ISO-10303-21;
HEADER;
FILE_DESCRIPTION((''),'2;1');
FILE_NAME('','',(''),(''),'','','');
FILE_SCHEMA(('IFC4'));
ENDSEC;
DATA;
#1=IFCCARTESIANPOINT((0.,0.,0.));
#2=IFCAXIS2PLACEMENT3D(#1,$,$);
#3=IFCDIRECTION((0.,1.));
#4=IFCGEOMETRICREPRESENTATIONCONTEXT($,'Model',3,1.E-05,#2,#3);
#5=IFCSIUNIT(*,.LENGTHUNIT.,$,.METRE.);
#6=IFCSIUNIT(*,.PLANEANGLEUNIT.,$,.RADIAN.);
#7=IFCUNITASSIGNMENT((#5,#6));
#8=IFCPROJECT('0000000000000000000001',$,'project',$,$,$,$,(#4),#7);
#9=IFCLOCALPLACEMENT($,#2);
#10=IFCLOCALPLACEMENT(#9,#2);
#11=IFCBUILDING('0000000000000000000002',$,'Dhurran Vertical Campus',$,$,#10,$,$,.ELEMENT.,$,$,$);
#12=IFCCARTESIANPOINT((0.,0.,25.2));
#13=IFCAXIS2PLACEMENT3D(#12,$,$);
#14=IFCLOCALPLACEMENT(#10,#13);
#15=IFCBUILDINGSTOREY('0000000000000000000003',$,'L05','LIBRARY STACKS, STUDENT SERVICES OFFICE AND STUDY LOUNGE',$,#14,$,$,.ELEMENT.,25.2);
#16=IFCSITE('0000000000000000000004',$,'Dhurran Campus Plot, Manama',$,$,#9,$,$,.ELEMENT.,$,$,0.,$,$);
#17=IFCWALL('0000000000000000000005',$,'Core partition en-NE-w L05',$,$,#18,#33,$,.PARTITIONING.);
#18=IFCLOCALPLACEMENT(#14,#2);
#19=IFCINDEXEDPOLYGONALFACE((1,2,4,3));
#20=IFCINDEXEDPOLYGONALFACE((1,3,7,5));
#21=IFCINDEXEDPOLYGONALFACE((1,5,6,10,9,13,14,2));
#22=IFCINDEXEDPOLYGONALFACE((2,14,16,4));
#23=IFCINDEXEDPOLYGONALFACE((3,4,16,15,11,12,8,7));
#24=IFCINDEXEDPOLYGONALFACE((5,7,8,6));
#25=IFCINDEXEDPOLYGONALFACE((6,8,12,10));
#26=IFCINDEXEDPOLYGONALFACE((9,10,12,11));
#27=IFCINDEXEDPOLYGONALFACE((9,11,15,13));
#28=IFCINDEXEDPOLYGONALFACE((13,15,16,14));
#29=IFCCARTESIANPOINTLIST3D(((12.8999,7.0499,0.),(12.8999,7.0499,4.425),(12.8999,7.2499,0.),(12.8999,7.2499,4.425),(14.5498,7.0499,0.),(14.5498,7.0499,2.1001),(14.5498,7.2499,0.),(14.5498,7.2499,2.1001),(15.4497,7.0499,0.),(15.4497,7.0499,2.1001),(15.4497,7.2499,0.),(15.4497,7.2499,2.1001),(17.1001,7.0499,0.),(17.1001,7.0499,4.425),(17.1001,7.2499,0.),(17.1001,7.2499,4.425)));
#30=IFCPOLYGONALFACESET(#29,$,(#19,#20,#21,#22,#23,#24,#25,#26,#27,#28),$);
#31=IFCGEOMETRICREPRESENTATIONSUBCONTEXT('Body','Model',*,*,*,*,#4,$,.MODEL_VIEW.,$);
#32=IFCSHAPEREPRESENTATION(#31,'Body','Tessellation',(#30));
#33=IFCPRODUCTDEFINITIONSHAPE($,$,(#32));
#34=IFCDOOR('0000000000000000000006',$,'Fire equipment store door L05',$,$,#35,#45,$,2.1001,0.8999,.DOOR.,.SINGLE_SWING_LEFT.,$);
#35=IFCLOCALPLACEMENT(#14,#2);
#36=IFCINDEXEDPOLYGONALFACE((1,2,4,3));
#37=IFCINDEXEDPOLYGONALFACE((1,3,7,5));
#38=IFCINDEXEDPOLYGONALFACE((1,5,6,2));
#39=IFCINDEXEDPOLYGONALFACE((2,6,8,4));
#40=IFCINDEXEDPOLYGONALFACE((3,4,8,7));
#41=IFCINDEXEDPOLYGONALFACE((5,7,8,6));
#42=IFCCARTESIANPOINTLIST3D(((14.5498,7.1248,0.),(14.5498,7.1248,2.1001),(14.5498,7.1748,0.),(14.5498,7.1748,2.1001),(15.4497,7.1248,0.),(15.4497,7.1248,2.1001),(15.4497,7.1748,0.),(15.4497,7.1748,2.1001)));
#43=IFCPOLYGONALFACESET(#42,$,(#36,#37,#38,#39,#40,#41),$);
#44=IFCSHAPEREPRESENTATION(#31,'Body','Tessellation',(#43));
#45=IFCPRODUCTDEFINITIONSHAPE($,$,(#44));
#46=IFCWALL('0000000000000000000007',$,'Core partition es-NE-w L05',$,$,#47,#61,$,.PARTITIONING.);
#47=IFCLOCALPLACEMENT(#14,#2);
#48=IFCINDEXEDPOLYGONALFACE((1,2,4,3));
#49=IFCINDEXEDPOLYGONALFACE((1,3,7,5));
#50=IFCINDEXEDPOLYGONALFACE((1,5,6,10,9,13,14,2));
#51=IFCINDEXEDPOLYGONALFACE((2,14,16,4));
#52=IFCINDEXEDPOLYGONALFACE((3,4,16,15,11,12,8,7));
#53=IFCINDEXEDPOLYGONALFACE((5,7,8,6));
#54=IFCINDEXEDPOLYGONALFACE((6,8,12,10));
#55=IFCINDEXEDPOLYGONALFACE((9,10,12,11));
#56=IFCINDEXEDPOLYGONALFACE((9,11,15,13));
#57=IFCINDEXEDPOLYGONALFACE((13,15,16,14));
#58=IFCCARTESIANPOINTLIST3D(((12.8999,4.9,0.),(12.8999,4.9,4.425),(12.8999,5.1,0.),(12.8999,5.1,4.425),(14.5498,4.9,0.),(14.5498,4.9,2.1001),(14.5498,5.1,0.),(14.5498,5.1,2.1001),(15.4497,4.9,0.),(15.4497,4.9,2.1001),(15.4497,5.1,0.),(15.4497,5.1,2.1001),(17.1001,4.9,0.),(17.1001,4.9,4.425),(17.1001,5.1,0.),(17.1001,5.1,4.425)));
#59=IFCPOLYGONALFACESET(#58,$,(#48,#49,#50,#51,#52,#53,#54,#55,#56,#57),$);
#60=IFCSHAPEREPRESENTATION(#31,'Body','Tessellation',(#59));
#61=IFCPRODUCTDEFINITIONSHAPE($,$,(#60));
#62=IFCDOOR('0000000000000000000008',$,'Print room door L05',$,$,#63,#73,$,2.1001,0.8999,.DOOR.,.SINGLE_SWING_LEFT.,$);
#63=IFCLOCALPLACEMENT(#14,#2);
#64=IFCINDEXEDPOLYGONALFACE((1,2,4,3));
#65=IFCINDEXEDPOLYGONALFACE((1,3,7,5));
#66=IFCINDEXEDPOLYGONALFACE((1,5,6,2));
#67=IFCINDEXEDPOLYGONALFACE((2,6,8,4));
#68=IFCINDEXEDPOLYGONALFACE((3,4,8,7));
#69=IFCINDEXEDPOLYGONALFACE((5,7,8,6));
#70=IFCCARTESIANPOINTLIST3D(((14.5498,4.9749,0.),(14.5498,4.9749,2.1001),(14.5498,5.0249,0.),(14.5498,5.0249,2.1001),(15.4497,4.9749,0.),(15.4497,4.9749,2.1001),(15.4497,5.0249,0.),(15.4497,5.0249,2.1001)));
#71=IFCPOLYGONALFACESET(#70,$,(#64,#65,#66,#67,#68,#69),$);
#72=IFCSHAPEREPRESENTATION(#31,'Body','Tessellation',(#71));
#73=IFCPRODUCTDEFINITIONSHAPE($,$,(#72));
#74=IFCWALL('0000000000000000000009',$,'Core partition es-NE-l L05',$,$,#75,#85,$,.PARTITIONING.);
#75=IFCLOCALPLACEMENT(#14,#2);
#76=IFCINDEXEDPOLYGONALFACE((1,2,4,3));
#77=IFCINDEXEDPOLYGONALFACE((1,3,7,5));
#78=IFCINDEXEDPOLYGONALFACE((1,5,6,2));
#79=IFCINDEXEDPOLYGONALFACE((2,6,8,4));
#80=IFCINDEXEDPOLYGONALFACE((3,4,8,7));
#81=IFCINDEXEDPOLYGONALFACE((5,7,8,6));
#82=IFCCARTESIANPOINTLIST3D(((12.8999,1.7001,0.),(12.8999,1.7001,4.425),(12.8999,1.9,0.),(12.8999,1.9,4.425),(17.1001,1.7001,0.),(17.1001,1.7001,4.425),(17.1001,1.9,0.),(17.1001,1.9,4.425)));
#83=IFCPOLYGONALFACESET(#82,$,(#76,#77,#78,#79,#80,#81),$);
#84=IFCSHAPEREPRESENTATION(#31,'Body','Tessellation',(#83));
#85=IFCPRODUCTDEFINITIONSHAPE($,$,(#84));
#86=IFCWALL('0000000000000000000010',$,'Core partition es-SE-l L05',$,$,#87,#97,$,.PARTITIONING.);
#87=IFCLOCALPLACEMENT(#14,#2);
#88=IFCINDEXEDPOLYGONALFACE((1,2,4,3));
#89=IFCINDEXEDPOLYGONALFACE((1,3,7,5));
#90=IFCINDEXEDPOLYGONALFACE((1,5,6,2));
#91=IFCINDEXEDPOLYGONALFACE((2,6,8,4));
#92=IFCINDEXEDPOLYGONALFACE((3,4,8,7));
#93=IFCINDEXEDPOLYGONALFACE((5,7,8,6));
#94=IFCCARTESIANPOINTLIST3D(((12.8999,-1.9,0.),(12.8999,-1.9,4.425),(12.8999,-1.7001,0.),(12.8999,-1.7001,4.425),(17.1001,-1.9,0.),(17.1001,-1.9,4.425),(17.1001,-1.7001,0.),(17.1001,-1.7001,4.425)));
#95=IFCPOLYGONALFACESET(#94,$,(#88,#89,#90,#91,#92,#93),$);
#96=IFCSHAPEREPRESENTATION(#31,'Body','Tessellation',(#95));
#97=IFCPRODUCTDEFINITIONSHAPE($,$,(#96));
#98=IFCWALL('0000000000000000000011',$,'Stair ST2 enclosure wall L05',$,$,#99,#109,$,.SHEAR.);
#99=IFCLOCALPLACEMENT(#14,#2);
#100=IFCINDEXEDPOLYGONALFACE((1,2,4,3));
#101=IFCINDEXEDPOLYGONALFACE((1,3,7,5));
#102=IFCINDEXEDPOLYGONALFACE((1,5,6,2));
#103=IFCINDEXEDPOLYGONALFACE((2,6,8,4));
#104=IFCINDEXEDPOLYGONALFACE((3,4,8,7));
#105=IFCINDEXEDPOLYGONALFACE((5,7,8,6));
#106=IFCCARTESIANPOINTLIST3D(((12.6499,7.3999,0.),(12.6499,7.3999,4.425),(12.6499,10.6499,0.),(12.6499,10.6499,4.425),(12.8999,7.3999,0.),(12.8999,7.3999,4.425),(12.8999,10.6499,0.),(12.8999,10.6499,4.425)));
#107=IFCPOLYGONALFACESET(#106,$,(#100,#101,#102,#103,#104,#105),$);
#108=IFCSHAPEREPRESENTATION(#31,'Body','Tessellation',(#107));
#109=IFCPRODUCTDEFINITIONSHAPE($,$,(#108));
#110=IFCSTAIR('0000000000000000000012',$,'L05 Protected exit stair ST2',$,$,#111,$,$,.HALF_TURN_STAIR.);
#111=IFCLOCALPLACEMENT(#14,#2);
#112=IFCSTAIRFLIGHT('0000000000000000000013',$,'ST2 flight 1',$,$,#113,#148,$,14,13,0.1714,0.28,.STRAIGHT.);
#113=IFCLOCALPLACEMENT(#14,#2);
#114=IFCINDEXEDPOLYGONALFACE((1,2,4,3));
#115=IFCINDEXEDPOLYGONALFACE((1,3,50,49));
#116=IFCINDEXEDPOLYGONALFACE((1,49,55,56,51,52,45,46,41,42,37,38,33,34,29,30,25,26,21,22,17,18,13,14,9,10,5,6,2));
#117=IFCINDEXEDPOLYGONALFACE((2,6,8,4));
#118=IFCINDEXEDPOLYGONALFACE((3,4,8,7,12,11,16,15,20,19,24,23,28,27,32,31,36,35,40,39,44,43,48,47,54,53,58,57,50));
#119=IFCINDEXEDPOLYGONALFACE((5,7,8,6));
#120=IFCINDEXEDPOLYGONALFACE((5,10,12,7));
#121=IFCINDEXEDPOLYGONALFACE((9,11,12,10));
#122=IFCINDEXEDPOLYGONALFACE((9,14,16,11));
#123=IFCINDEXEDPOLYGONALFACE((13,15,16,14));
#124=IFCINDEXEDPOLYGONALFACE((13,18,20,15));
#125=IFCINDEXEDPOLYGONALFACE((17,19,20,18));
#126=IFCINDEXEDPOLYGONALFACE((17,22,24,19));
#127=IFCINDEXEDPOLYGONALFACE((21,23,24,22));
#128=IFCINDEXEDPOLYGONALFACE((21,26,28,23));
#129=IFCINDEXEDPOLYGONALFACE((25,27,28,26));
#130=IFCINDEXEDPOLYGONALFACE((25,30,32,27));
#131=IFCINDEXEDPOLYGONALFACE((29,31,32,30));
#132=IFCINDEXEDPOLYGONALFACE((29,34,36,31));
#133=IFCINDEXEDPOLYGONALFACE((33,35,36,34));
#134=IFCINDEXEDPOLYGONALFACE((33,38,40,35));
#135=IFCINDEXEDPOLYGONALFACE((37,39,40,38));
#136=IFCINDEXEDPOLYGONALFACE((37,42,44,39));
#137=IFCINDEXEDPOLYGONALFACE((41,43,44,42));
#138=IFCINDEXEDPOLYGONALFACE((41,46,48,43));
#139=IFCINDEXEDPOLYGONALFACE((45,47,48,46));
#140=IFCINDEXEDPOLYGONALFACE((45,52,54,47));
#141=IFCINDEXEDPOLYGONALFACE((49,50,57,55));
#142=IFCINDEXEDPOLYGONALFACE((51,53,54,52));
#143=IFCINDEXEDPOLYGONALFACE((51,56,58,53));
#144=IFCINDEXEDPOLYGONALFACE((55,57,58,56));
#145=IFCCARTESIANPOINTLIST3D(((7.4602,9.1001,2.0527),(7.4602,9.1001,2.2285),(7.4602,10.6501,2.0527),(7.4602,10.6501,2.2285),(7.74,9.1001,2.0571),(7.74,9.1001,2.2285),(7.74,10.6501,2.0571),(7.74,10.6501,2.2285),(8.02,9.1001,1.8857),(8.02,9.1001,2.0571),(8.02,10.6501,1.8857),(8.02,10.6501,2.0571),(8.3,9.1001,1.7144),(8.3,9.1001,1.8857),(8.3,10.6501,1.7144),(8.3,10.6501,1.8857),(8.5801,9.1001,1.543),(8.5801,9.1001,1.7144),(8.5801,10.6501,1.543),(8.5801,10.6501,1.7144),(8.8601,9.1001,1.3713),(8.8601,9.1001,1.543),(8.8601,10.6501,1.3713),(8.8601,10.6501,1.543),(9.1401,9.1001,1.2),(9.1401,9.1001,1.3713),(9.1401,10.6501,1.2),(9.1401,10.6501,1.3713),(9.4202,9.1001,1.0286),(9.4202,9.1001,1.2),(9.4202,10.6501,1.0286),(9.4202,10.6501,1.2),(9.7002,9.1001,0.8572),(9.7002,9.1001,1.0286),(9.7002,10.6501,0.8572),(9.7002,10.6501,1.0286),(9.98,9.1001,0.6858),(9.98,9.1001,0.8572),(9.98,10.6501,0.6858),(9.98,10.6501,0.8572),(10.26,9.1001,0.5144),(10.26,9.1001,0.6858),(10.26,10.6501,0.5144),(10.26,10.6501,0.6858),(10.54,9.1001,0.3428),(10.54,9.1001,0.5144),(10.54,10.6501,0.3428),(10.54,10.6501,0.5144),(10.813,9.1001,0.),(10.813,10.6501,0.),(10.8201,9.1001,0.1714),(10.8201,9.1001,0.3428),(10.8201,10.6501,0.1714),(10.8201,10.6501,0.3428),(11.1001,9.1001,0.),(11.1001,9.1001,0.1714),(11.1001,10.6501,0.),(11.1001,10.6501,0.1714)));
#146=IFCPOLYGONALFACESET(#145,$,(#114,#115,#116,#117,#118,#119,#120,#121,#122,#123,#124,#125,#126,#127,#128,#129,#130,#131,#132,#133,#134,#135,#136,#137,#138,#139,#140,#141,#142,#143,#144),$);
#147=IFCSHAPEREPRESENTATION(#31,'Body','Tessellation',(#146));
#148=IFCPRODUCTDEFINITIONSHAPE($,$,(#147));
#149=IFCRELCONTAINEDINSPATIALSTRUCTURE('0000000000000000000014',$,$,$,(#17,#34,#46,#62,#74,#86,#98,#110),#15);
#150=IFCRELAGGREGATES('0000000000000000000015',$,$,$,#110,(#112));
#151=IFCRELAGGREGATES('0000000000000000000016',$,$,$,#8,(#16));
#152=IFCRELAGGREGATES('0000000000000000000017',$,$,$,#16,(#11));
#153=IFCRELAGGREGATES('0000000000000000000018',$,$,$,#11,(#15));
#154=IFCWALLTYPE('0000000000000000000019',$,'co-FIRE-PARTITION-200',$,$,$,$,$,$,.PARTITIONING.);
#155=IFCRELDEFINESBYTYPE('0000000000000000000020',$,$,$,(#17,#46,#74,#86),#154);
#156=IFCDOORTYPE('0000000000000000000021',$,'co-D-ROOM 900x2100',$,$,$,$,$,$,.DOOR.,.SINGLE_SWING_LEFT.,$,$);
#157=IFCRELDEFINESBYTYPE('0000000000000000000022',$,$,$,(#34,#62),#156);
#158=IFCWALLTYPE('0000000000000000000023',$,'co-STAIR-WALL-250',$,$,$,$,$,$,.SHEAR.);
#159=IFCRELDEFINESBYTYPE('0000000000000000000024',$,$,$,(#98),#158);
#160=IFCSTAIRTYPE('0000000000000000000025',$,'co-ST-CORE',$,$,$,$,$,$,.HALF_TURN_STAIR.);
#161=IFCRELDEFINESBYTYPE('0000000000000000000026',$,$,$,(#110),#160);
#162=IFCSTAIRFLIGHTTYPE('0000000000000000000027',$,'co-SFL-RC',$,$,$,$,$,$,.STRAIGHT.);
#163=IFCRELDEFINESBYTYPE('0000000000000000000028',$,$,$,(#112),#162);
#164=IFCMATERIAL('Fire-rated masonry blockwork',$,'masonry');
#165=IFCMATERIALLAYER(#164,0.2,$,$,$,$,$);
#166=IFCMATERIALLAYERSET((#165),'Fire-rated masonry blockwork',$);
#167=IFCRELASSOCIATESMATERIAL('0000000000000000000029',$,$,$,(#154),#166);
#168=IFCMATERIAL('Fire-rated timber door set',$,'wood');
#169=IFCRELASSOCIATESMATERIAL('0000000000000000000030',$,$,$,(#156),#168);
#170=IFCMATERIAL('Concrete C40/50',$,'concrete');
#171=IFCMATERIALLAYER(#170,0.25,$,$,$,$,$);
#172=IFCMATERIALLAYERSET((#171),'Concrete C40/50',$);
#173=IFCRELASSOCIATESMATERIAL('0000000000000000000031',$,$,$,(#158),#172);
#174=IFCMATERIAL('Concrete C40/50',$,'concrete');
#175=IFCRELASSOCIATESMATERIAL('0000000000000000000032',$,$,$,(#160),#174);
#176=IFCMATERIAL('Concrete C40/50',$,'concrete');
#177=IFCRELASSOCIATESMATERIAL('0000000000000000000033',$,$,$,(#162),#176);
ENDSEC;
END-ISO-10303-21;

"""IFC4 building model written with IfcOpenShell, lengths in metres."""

from ifc_helpers import new_model, si_unit, direction, frame, frame_2d, origin, place, context, subcontext, project, spatial, polyline, rectangle, outline, extrude, material, layer, layer_set, type_object, element, fill, aggregate, save


model = new_model("IFC4")

# Units and contexts
model_context = context("Model", 3, precision=1e-05, world=origin(), true_north=direction((0.0, 1.0)))
body_context = subcontext(model_context, "Body", "Model", "MODEL_VIEW")
ifc_project = project(units=[si_unit("LENGTHUNIT", "METRE"), si_unit("PLANEANGLEUNIT", "RADIAN")], contexts=[model_context])

# Site, building, storey
site_placement = place(None, origin())
site = spatial("IfcSite", under=ifc_project, at=site_placement, Name="Dhurran Campus Plot, Manama", CompositionType="ELEMENT", RefElevation=0.0)
building_placement = place(site_placement, origin())
building = spatial("IfcBuilding", under=site, at=building_placement, Name="Dhurran Vertical Campus", CompositionType="ELEMENT")
storey_placement = place(building_placement, frame((0.0, 0.0, 25.2)))
storey = spatial("IfcBuildingStorey", under=building, at=storey_placement, Name="L05", Description="LIBRARY STACKS, STUDENT SERVICES OFFICE AND STUDY LOUNGE", CompositionType="ELEMENT", Elevation=25.2)

# Walls, openings, doors
ifc_material_1 = material(Name="Fire-rated masonry blockwork", Category="masonry")
ifc_layer_1 = layer(ifc_material_1, 0.2)
ifc_layer_set_1 = layer_set([ifc_layer_1], Name="Fire-rated masonry blockwork")
wall_type_1 = type_object("IfcWallType", Name="co-FIRE-PARTITION-200", PredefinedType="PARTITIONING", material=ifc_layer_set_1)
wall_1_placement = place(storey_placement, frame((12.8999, 7.1499, 0.0), z_axis=(0.0, 0.0, 1.0), x_axis=(1.0, 0.0, 0.0)))
wall_1 = element("IfcWall", 1, at=wall_1_placement, inside=storey, type_object=wall_type_1, Name="Core partition en-NE-w L05", PredefinedType="PARTITIONING", context=body_context, shape_type="SweptSolid", body=[
    extrude(rectangle(XDim=4.2002, YDim=0.2, at=frame_2d((2.1001, 0.0))), origin(), (0.0, 0.0, 1.0), 4.425),
])
opening_1_placement = place(wall_1_placement, frame((1.6499, 0.0, 0.0)))
opening_1 = element("IfcOpeningElement", 2, at=opening_1_placement, cuts=wall_1, PredefinedType="OPENING", context=body_context, shape_type="SweptSolid", body=[
    extrude(rectangle(XDim=0.8999, YDim=2.1001, at=frame_2d((0.45, 1.05))), frame((0.0, 0.1099, 0.0), z_axis=(0.0, -1.0, 0.0), x_axis=(1.0, 0.0, 0.0)), (0.0, 0.0, 1.0), 0.22),
])
ifc_material_2 = material(Name="Fire-rated timber door set", Category="wood")
door_type = type_object("IfcDoorType", Name="co-D-ROOM 900x2100", OperationType="SINGLE_SWING_LEFT", PredefinedType="DOOR", material=ifc_material_2)
door_1_placement = place(opening_1_placement, origin())
door_1 = element("IfcDoor", 3, at=door_1_placement, inside=storey, type_object=door_type, Name="Fire equipment store door L05", OperationType="SINGLE_SWING_LEFT", OverallHeight=2.1001, OverallWidth=0.8999, PredefinedType="DOOR", context=body_context, shape_type="SweptSolid", body=[
    extrude(rectangle(XDim=0.8999, YDim=2.1001, at=frame_2d((0.45, 1.05))), frame((0.0, 0.0249, 0.0), z_axis=(0.0, -1.0, 0.0), x_axis=(1.0, 0.0, 0.0)), (0.0, 0.0, 1.0), 0.05),
])
fill(opening_1, door_1)
wall_2_placement = place(storey_placement, frame((12.8999, 5.0, 0.0), z_axis=(0.0, 0.0, 1.0), x_axis=(1.0, 0.0, 0.0)))
wall_2 = element("IfcWall", 4, at=wall_2_placement, inside=storey, type_object=wall_type_1, Name="Core partition es-NE-w L05", PredefinedType="PARTITIONING", context=body_context, shape_type="SweptSolid", body=[
    extrude(rectangle(XDim=4.2002, YDim=0.2, at=frame_2d((2.1001, 0.0))), origin(), (0.0, 0.0, 1.0), 4.425),
])
opening_2_placement = place(wall_2_placement, frame((1.6499, 0.0, 0.0)))
opening_2 = element("IfcOpeningElement", 5, at=opening_2_placement, cuts=wall_2, PredefinedType="OPENING", context=body_context, shape_type="SweptSolid", body=[
    extrude(rectangle(XDim=0.8999, YDim=2.1001, at=frame_2d((0.45, 1.05))), frame((0.0, 0.1099, 0.0), z_axis=(0.0, -1.0, 0.0), x_axis=(1.0, 0.0, 0.0)), (0.0, 0.0, 1.0), 0.22),
])
door_2_placement = place(opening_2_placement, origin())
door_2 = element("IfcDoor", 6, at=door_2_placement, inside=storey, type_object=door_type, Name="Print room door L05", OperationType="SINGLE_SWING_LEFT", OverallHeight=2.1001, OverallWidth=0.8999, PredefinedType="DOOR", context=body_context, shape_type="SweptSolid", body=[
    extrude(rectangle(XDim=0.8999, YDim=2.1001, at=frame_2d((0.45, 1.05))), frame((0.0, 0.0249, 0.0), z_axis=(0.0, -1.0, 0.0), x_axis=(1.0, 0.0, 0.0)), (0.0, 0.0, 1.0), 0.05),
])
fill(opening_2, door_2)

# Walls
for number, where, z_axis, x_axis, name in (
    (7, (12.8999, 1.8, 0.0), (0.0, 0.0, 1.0), (1.0, 0.0, 0.0), "Core partition es-NE-l L05"),
    (8, (12.8999, -1.8, 0.0), (0.0, 0.0, 1.0), (1.0, 0.0, 0.0), "Core partition es-SE-l L05"),
):
    element("IfcWall", number, at=place(storey_placement, frame(where, z_axis=z_axis, x_axis=x_axis)), inside=storey, type_object=wall_type_1, Name=name, PredefinedType="PARTITIONING", context=body_context, shape_type="SweptSolid", body=[
        extrude(rectangle(XDim=4.2002, YDim=0.2, at=frame_2d((2.1001, 0.0))), origin(), (0.0, 0.0, 1.0), 4.425),
    ])
ifc_material_3 = material(Name="Concrete C40/50", Category="concrete")
ifc_layer_2 = layer(ifc_material_3, 0.25)
ifc_layer_set_2 = layer_set([ifc_layer_2], Name="Concrete C40/50")
wall_type_2 = type_object("IfcWallType", Name="co-STAIR-WALL-250", PredefinedType="SHEAR", material=ifc_layer_set_2)
wall_3_placement = place(storey_placement, frame((12.7749, 7.3999, 0.0), z_axis=(0.0, 0.0, 1.0), x_axis=(0.0, 1.0, 0.0)))
element("IfcWall", 9, at=wall_3_placement, inside=storey, type_object=wall_type_2, Name="Stair ST2 enclosure wall L05", PredefinedType="SHEAR", context=body_context, shape_type="SweptSolid", body=[
    extrude(rectangle(XDim=3.25, YDim=0.25, at=frame_2d((1.625, 0.0))), origin(), (0.0, 0.0, 1.0), 4.425),
])

# Stair, stair flight
ifc_material_4 = material(Name="Concrete C40/50", Category="concrete")
stair_type = type_object("IfcStairType", Name="co-ST-CORE", PredefinedType="HALF_TURN_STAIR", material=ifc_material_4)
stair_placement = place(storey_placement, origin())
stair = element("IfcStair", 10, at=stair_placement, inside=storey, type_object=stair_type, Name="L05 Protected exit stair ST2", PredefinedType="HALF_TURN_STAIR")
ifc_material_5 = material(Name="Concrete C40/50", Category="concrete")
stair_flight_type = type_object("IfcStairFlightType", Name="co-SFL-RC", PredefinedType="STRAIGHT", material=ifc_material_5)
stair_flight_1_placement = place(storey_placement, frame((11.1001, 9.875, 0.0), z_axis=(0.0, 0.0, 1.0), x_axis=(-1.0, 0.0, 0.0)))
stair_flight_1 = element("IfcStairFlight", 11, at=stair_flight_1_placement, type_object=stair_flight_type, Name="ST2 flight 1", NumberOfRisers=14, NumberOfTreads=13, PredefinedType="STRAIGHT", RiserHeight=0.1714, TreadLength=0.28, context=body_context, shape_type="SweptSolid", body=[
    extrude(outline(polyline([(0.0, 0.0), (0.0, 0.1714), (0.28, 0.1714), (0.28, 0.3428), (0.5601, 0.3428), (0.5601, 0.5144), (0.8401, 0.5144), (0.8401, 0.6858), (1.1201, 0.6858), (1.1201, 0.8572), (1.3999, 0.8572), (1.3999, 1.0286), (1.6799, 1.0286), (1.6799, 1.2), (1.96, 1.2), (1.96, 1.3713), (2.24, 1.3713), (2.24, 1.543), (2.52, 1.543), (2.52, 1.7144), (2.8, 1.7144), (2.8, 1.8857), (3.0801, 1.8857), (3.0801, 2.0571), (3.3601, 2.0571), (3.3601, 2.2285), (3.6399, 2.2285), (3.6399, 2.3999), (3.6399, 2.0527), (0.2871, 0.0), (0.0, 0.0)])), frame((0.0, 0.7749, 0.0), z_axis=(0.0, -1.0, 0.0), x_axis=(1.0, 0.0, 0.0)), (0.0, 0.0, 1.0), 1.55),
])
aggregate(stair, [stair_flight_1])

save(model, "model.ifc")
